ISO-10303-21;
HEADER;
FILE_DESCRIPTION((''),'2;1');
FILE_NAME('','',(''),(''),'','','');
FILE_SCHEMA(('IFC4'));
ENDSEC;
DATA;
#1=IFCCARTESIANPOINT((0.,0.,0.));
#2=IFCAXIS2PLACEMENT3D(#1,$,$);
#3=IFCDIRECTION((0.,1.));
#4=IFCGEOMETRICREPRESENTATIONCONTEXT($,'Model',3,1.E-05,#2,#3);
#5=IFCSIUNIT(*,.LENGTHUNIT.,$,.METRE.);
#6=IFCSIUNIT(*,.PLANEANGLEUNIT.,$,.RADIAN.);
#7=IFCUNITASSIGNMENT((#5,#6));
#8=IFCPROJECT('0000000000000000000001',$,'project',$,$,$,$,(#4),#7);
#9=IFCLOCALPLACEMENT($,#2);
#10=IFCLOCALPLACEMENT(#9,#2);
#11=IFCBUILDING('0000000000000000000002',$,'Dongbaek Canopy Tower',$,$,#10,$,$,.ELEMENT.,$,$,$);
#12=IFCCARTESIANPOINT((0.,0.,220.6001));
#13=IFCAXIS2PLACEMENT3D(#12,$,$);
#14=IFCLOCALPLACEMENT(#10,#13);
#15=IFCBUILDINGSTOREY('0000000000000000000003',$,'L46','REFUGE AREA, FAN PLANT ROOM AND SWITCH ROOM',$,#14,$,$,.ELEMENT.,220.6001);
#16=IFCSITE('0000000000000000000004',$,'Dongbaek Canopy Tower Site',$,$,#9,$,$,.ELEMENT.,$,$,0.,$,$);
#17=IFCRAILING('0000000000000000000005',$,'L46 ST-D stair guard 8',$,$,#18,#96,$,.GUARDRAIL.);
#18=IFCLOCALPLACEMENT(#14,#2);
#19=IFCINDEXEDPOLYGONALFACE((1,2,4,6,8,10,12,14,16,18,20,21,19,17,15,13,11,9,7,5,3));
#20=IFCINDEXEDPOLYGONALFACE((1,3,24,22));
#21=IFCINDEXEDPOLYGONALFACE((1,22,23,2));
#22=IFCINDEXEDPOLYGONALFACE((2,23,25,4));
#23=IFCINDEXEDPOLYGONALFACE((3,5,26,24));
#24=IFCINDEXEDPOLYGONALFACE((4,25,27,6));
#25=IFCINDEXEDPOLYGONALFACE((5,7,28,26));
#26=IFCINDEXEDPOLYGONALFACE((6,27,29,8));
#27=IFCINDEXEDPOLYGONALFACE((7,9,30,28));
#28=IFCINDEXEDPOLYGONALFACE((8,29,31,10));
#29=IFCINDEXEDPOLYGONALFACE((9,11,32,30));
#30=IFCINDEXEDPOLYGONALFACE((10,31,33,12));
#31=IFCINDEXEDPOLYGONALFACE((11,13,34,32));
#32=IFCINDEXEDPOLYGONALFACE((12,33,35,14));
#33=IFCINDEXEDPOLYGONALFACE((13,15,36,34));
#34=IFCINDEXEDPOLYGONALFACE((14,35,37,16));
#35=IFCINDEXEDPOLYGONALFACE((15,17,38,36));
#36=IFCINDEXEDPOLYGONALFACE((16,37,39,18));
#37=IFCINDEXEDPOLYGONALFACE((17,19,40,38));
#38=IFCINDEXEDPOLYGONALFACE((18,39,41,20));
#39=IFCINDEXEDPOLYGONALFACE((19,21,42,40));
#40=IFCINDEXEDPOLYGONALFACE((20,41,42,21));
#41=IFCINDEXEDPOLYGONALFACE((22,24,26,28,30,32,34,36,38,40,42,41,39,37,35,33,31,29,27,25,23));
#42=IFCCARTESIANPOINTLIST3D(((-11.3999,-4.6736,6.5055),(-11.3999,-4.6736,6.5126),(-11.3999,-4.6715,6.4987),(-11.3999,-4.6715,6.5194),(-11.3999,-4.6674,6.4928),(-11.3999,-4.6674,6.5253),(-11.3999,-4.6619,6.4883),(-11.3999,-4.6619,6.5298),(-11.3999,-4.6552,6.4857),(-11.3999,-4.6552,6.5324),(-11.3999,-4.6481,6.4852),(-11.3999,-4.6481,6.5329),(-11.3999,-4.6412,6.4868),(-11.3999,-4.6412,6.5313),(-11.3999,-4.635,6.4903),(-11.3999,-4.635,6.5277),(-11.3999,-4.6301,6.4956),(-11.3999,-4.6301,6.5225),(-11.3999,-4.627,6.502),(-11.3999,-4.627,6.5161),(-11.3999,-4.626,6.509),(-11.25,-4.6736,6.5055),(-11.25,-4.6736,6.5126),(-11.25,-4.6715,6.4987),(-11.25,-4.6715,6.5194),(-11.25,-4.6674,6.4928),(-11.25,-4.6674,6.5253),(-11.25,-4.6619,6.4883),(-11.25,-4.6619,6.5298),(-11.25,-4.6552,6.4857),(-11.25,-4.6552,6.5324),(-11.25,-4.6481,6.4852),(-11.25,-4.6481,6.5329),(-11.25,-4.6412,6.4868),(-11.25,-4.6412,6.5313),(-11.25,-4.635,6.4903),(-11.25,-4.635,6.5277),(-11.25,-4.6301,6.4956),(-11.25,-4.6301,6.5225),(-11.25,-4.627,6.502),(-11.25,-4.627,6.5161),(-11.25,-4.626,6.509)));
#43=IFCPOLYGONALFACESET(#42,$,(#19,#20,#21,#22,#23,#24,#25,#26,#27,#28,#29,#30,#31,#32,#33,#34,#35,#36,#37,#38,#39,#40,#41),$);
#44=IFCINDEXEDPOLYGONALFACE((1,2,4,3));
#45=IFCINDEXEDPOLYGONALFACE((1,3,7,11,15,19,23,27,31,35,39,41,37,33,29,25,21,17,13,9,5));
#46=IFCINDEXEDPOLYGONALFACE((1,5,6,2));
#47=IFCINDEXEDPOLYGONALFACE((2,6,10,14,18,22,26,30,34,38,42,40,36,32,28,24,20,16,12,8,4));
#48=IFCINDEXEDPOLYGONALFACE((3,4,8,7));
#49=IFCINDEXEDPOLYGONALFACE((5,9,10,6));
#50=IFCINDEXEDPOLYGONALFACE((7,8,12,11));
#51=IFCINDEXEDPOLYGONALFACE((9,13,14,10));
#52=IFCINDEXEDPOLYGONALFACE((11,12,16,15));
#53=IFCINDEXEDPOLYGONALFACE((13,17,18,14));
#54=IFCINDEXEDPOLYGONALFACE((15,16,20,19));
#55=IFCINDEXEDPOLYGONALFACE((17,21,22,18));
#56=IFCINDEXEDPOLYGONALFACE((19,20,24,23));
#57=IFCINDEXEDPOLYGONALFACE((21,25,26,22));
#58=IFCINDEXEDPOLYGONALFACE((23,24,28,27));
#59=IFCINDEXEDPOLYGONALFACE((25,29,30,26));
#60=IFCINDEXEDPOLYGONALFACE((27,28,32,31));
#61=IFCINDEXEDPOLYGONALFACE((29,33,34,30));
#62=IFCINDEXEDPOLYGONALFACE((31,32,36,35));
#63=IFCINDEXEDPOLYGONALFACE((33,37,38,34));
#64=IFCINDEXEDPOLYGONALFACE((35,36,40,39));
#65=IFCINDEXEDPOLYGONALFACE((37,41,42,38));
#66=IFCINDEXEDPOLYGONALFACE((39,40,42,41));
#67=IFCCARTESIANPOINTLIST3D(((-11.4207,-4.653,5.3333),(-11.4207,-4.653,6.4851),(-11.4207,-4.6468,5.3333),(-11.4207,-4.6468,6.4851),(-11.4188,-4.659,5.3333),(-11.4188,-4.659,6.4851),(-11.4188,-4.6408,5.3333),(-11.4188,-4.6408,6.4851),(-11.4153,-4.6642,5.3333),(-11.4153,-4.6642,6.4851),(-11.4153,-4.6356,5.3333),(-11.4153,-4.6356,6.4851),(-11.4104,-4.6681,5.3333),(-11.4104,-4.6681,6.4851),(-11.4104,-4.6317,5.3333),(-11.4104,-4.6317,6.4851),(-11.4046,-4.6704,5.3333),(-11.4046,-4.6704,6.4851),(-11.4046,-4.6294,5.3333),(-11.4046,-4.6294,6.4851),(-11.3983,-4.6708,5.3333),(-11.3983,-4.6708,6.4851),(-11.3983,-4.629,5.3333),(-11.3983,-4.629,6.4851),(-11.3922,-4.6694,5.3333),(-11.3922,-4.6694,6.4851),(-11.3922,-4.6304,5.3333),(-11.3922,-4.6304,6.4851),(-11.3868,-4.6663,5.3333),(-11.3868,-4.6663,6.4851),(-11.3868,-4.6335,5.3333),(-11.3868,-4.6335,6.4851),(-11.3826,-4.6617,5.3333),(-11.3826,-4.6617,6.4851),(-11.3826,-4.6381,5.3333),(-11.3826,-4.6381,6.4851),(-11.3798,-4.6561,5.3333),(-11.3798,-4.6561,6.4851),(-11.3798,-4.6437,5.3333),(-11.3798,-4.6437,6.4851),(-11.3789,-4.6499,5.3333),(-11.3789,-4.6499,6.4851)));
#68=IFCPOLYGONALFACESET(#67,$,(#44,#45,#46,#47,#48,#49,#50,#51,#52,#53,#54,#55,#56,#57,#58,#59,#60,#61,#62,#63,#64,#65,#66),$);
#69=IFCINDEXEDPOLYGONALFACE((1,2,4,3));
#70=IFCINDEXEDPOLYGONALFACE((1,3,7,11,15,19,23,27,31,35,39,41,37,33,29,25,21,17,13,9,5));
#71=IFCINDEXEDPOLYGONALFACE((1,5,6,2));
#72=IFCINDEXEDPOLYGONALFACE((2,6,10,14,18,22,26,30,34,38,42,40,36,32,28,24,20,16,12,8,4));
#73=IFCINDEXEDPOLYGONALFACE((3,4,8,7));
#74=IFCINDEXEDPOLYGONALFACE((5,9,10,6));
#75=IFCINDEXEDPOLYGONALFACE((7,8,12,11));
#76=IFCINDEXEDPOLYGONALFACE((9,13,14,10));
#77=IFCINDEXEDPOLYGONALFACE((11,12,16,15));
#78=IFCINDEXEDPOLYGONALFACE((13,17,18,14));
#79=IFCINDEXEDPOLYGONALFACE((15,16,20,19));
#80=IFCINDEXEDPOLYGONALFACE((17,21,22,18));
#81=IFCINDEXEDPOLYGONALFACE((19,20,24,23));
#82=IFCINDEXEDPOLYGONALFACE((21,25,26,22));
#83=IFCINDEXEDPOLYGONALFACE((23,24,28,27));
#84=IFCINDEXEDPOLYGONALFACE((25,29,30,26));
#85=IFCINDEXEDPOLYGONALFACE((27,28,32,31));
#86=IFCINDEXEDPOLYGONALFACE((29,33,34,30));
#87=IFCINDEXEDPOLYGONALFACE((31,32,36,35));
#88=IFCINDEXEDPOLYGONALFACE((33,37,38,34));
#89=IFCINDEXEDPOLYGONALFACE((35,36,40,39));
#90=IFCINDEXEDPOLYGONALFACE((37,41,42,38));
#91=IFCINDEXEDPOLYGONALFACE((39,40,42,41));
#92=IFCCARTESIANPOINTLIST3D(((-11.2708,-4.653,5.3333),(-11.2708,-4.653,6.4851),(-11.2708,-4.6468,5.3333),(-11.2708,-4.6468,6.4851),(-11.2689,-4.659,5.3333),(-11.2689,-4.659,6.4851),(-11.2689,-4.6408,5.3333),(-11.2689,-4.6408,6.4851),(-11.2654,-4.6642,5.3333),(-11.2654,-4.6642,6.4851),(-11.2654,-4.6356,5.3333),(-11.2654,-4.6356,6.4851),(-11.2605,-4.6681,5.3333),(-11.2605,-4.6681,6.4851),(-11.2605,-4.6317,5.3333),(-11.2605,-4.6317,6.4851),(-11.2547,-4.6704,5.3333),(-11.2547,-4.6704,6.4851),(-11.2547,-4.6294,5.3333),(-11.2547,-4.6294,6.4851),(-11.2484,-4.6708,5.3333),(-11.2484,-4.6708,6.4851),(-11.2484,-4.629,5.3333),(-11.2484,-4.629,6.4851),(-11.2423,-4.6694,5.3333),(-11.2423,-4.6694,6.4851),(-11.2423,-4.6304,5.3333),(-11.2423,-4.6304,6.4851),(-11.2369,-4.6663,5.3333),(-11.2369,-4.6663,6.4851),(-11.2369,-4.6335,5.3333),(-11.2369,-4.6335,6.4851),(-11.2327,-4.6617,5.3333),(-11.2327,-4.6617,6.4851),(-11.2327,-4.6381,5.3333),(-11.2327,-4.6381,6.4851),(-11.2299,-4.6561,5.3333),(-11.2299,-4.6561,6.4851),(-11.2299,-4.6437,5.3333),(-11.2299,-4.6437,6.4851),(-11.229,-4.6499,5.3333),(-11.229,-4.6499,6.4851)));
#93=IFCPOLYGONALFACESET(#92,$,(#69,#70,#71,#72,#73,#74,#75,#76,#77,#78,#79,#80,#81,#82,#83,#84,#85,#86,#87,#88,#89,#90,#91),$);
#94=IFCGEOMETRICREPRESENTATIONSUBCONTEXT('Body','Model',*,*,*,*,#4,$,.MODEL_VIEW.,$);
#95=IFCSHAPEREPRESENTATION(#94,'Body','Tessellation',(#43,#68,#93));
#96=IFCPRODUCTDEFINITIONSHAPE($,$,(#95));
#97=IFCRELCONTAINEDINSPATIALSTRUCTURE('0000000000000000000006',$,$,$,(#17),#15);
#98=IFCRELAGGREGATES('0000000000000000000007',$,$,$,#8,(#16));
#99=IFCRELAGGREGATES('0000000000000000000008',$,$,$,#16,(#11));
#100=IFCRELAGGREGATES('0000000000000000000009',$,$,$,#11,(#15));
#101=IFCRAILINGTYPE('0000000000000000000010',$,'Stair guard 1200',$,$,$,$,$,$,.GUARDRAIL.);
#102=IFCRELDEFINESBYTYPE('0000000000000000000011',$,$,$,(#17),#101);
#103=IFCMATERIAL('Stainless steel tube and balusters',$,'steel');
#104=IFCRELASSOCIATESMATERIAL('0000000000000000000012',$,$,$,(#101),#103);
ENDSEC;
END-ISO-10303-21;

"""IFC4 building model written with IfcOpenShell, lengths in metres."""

from ifc_helpers import new_model, si_unit, direction, frame, origin, origin_2d, place, context, subcontext, project, spatial, circle, extrude, material, type_object, element, save


model = new_model("IFC4")

# Units and contexts
model_context = context("Model", 3, precision=1e-05, world=origin(), true_north=direction((0.0, 1.0)))
body_context = subcontext(model_context, "Body", "Model", "MODEL_VIEW")
ifc_project = project(units=[si_unit("LENGTHUNIT", "METRE"), si_unit("PLANEANGLEUNIT", "RADIAN")], contexts=[model_context])

# Site, building, storey
site_placement = place(None, origin())
site = spatial("IfcSite", under=ifc_project, at=site_placement, Name="Dongbaek Canopy Tower Site", CompositionType="ELEMENT", RefElevation=0.0)
building_placement = place(site_placement, origin())
building = spatial("IfcBuilding", under=site, at=building_placement, Name="Dongbaek Canopy Tower", CompositionType="ELEMENT")
storey_placement = place(building_placement, frame((0.0, 0.0, 220.6001)))
storey = spatial("IfcBuildingStorey", under=building, at=storey_placement, Name="L46", Description="REFUGE AREA, FAN PLANT ROOM AND SWITCH ROOM", CompositionType="ELEMENT", Elevation=220.6001)

# Railing
ifc_material_1 = material(Name="Stainless steel tube and balusters", Category="steel")
railing_type_1 = type_object("IfcRailingType", Name="Stair guard 1200", PredefinedType="GUARDRAIL", material=ifc_material_1)
railing_1_placement = place(storey_placement, frame((-11.3999, -4.6499, 5.3333)))
element("IfcRailing", 1, at=railing_1_placement, inside=storey, type_object=railing_type_1, Name="L46 ST-D stair guard 8", PredefinedType="GUARDRAIL", context=body_context, shape_type="SweptSolid", body=[
    extrude(circle(Radius=0.0239, at=origin_2d()), frame((0.0, 0.0, 1.1758), z_axis=(1.0, 0.0, 0.0), x_axis=(0.0, 1.0, 0.0)), (0.0, 0.0, 1.0), 0.1499),
    extrude(circle(Radius=0.021, at=origin_2d()), origin(), (0.0, 0.0, 1.0), 1.1519),
    extrude(circle(Radius=0.021, at=origin_2d()), frame((0.1499, 0.0, 0.0)), (0.0, 0.0, 1.0), 1.1519),
])

save(model, "model.ifc")
